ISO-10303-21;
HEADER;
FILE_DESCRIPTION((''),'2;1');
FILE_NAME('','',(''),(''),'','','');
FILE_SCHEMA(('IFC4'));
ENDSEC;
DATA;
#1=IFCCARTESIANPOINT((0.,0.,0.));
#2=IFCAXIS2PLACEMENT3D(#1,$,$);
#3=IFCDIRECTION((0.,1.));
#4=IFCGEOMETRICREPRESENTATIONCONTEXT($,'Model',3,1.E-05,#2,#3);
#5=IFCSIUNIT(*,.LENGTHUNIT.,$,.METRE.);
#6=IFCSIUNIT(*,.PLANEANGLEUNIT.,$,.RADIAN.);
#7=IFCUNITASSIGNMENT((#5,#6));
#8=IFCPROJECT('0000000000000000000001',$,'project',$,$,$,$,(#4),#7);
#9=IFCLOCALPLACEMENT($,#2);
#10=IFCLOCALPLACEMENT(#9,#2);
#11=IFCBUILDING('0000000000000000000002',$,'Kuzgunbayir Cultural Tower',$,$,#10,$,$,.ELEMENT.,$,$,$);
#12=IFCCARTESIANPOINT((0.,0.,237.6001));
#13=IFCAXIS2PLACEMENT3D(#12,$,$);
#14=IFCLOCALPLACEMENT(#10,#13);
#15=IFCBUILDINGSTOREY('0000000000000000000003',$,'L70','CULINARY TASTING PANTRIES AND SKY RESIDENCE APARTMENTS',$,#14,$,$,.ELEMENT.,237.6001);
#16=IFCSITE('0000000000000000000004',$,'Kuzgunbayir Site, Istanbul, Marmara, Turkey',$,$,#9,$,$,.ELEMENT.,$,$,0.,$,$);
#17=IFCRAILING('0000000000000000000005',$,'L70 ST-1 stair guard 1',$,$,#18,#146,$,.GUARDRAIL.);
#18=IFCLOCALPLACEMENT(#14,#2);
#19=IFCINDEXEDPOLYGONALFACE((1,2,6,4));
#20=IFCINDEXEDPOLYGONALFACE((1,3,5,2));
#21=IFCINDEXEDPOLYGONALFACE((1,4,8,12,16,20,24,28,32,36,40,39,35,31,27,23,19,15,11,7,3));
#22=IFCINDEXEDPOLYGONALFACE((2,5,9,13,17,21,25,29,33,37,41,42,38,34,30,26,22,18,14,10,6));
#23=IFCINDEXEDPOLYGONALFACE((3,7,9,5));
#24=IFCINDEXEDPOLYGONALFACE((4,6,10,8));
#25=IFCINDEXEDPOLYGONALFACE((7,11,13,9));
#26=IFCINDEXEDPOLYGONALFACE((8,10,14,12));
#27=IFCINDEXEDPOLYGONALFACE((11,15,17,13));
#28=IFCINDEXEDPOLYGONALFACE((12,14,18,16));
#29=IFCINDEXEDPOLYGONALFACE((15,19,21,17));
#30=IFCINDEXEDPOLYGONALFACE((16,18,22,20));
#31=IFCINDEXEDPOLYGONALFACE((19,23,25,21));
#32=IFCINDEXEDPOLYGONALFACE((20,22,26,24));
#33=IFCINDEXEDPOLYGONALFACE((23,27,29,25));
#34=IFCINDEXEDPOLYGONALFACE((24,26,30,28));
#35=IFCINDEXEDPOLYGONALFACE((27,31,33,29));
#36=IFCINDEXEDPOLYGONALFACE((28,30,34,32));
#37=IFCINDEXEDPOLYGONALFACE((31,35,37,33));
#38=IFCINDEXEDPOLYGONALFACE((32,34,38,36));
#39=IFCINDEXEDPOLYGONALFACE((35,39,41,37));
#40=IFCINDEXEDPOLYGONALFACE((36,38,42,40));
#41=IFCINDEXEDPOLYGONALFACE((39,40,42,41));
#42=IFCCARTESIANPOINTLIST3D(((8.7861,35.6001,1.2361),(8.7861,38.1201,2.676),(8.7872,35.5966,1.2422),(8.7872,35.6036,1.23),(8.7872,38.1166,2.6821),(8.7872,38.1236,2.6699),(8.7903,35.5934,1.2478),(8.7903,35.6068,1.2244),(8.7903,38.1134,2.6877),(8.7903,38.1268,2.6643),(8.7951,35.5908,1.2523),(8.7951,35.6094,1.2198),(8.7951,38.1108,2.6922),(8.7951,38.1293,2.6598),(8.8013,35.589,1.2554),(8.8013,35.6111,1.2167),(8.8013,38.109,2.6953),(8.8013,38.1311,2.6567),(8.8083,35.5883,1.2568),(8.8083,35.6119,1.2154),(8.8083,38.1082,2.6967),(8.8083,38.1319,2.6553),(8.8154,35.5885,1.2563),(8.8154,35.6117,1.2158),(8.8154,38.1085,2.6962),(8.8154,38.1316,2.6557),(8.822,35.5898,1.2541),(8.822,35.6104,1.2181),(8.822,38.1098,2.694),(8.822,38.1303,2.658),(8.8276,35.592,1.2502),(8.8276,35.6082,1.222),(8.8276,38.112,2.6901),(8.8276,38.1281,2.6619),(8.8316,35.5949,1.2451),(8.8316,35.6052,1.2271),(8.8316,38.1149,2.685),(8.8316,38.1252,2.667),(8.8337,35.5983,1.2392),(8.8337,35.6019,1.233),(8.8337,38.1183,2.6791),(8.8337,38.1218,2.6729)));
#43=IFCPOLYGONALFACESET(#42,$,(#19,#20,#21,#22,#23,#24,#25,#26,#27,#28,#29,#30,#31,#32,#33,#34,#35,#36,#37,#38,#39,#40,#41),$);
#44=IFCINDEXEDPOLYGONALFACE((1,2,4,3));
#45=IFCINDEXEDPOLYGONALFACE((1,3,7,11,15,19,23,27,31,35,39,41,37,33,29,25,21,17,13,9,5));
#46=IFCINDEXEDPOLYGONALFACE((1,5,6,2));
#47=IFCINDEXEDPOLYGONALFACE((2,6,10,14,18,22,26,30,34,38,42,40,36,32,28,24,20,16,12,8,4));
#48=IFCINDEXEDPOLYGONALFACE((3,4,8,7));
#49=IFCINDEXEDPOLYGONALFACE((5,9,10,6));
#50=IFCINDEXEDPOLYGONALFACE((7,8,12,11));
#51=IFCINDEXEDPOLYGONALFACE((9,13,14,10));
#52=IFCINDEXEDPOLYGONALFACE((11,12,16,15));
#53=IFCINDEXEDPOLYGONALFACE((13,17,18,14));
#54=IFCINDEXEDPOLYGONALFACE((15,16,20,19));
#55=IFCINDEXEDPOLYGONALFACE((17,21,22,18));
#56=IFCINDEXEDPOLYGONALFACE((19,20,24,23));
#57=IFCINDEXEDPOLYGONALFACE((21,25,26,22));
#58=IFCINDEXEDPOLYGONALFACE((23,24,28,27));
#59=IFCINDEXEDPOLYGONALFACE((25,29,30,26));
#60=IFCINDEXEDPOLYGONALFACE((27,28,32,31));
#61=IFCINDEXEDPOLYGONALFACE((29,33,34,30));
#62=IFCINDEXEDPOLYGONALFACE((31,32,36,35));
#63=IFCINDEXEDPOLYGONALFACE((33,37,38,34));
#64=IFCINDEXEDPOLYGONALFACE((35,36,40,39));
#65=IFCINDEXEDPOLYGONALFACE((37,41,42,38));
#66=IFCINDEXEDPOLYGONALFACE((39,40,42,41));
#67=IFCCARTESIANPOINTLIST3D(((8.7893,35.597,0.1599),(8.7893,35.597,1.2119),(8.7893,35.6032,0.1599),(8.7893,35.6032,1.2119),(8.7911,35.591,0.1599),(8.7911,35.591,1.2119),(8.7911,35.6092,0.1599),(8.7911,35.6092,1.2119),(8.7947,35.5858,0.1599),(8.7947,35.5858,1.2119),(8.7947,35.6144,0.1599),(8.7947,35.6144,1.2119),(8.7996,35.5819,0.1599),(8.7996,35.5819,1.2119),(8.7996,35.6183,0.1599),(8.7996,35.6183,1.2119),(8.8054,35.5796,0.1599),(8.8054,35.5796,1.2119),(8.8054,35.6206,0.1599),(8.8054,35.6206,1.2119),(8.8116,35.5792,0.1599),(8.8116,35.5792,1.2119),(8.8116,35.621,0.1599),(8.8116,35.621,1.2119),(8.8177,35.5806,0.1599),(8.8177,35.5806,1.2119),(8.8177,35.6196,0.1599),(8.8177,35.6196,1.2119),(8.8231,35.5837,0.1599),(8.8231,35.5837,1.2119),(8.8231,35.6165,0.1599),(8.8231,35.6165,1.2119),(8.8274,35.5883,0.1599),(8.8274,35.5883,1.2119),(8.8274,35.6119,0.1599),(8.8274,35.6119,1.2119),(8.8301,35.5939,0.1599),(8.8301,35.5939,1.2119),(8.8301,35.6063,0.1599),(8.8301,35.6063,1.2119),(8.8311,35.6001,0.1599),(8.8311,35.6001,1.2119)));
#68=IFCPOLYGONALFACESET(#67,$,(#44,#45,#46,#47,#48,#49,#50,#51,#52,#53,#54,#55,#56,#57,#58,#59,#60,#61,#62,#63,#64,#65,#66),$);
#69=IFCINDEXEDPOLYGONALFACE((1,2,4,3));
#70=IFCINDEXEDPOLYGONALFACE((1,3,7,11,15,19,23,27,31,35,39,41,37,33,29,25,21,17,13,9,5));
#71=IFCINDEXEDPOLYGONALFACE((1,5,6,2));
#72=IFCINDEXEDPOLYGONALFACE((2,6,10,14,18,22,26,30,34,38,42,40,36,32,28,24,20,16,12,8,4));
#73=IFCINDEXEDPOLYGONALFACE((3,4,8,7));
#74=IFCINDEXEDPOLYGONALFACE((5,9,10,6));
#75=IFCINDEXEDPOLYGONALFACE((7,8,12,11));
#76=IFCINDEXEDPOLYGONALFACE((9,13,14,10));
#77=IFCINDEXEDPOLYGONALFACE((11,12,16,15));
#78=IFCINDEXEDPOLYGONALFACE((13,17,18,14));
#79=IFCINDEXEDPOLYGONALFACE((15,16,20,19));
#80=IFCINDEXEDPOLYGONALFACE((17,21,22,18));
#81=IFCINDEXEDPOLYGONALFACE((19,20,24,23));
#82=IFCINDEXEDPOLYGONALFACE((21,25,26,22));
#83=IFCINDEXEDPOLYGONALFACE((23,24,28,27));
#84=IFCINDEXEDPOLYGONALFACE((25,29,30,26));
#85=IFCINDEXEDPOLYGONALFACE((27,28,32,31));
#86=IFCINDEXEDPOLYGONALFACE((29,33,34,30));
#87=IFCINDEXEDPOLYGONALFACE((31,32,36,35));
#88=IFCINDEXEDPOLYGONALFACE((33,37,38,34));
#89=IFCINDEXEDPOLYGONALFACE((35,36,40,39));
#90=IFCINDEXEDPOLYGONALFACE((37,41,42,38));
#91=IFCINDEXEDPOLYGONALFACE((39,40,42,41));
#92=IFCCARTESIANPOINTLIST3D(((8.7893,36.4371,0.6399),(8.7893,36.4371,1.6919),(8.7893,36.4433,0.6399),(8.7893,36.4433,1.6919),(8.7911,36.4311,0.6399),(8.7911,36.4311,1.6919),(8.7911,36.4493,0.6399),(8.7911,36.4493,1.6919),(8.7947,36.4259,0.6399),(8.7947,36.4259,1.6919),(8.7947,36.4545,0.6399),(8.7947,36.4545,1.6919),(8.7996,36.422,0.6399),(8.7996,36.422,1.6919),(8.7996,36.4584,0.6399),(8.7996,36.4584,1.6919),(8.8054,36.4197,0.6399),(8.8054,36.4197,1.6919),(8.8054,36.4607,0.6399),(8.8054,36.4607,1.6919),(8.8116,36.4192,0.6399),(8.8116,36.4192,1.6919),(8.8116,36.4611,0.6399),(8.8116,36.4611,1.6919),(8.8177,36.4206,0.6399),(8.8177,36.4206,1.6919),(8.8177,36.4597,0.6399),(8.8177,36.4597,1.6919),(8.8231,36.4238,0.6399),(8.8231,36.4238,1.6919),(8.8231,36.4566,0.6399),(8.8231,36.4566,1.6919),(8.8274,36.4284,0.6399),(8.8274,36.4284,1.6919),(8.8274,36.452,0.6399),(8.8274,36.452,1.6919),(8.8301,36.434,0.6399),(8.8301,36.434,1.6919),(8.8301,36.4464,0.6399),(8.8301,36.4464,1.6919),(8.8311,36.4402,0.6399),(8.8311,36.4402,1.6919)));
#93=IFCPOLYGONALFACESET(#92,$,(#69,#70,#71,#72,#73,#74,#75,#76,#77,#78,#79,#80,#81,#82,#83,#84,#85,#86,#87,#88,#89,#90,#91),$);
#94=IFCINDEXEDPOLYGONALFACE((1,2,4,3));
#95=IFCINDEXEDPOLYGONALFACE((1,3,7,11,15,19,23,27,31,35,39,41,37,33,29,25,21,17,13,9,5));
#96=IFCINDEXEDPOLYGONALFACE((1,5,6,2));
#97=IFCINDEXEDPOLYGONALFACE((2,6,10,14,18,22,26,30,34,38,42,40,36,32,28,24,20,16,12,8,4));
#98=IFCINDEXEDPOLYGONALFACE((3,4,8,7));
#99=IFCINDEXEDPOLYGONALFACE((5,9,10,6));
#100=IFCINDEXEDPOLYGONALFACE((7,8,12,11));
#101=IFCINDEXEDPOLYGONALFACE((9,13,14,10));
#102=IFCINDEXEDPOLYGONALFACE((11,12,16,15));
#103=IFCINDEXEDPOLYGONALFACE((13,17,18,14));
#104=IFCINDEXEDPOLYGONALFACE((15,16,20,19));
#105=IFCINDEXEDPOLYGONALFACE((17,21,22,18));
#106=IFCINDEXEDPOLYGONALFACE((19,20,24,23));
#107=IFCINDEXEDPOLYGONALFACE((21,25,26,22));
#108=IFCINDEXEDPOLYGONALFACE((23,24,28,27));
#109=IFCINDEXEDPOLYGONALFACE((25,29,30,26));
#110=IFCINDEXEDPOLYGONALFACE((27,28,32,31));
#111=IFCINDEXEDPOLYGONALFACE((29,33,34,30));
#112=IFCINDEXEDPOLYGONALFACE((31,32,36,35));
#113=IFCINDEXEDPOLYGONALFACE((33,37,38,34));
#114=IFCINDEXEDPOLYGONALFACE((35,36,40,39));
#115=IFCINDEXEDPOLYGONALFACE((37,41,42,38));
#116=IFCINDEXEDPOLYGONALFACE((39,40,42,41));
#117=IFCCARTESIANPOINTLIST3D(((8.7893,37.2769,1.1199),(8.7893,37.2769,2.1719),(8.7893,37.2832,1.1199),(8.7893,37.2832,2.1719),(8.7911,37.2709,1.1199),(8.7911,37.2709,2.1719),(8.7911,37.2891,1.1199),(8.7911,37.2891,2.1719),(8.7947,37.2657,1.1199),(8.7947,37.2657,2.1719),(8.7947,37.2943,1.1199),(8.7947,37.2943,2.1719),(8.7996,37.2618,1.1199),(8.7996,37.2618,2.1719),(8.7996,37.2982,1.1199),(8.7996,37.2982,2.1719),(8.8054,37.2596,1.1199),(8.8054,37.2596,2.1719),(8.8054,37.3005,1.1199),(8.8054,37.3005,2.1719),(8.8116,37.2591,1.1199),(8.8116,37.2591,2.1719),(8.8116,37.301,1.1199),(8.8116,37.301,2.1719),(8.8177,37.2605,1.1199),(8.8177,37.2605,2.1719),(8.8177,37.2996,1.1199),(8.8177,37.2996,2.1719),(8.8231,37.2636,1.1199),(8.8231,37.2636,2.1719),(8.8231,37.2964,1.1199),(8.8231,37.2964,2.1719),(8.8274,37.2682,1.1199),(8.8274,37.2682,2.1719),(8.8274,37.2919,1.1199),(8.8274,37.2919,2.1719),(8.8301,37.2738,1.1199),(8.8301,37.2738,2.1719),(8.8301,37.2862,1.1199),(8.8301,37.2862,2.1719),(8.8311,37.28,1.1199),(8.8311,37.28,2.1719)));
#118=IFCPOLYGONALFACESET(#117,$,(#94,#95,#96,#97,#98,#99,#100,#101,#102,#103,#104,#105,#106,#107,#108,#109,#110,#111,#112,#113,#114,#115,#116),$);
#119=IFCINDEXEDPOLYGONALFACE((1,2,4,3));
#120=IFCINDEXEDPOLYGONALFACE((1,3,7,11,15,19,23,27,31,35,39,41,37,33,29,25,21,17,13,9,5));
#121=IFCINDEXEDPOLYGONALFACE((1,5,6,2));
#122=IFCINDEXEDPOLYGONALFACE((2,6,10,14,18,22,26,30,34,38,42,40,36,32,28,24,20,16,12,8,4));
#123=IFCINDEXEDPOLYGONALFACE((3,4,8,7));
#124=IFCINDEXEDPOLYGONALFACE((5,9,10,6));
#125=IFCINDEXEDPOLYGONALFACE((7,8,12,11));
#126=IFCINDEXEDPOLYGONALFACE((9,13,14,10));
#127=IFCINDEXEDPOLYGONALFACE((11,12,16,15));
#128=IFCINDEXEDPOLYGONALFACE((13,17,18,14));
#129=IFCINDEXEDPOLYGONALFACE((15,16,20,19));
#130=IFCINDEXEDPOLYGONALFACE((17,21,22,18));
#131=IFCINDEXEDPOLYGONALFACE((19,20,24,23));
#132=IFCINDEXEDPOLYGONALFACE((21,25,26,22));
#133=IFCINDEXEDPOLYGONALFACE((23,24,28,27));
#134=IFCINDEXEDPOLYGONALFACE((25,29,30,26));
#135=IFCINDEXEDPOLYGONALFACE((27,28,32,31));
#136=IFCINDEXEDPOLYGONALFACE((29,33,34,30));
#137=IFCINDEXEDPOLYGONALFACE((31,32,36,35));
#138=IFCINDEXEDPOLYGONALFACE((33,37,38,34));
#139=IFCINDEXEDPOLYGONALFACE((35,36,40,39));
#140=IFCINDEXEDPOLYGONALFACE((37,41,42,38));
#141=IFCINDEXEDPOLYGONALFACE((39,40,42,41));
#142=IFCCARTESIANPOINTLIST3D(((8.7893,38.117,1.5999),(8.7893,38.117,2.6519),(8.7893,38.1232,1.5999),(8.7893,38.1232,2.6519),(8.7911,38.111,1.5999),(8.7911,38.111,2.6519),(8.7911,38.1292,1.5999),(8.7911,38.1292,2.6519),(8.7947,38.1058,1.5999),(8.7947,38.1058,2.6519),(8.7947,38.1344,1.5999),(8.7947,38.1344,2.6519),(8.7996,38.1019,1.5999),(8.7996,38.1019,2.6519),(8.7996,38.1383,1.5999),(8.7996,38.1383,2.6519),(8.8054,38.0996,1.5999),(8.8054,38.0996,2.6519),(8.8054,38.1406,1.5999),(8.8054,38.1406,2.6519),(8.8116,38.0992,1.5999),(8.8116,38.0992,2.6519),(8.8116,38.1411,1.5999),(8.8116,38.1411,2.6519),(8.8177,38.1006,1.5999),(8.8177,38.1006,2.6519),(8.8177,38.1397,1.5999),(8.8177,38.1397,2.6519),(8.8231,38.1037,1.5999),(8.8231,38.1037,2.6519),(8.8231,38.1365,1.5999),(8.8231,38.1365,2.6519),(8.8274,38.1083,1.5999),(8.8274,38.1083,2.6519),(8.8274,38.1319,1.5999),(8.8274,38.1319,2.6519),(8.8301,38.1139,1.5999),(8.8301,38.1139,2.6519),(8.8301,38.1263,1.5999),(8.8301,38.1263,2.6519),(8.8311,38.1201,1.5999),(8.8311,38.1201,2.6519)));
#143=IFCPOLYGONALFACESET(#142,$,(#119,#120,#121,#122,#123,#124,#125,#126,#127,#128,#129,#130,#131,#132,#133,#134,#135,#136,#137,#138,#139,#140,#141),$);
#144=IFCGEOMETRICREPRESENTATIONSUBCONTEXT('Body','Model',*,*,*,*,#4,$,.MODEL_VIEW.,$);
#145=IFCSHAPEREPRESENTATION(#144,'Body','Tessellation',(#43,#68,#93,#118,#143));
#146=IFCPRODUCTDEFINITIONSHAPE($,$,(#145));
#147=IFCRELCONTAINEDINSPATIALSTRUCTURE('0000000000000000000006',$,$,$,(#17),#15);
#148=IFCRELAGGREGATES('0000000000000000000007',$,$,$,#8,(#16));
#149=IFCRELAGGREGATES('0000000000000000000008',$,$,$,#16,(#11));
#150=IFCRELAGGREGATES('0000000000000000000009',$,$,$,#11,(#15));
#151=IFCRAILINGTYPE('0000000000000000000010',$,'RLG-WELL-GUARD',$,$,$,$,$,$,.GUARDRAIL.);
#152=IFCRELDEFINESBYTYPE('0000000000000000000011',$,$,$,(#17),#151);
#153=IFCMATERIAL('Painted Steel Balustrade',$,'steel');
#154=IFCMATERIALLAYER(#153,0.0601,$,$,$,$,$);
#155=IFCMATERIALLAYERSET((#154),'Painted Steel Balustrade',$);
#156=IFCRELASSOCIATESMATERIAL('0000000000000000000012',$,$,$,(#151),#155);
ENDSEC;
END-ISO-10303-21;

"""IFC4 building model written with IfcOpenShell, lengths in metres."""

from ifc_helpers import new_model, si_unit, direction, frame, origin, origin_2d, place, context, subcontext, project, spatial, circle, extrude, material, layer, layer_set, type_object, element, save


model = new_model("IFC4")

# Units and contexts
model_context = context("Model", 3, precision=1e-05, world=origin(), true_north=direction((0.0, 1.0)))
body_context = subcontext(model_context, "Body", "Model", "MODEL_VIEW")
ifc_project = project(units=[si_unit("LENGTHUNIT", "METRE"), si_unit("PLANEANGLEUNIT", "RADIAN")], contexts=[model_context])

# Site, building, storey
site_placement = place(None, origin())
site = spatial("IfcSite", under=ifc_project, at=site_placement, Name="Kuzgunbayir Site, Istanbul, Marmara, Turkey", CompositionType="ELEMENT", RefElevation=0.0)
building_placement = place(site_placement, origin())
building = spatial("IfcBuilding", under=site, at=building_placement, Name="Kuzgunbayir Cultural Tower", CompositionType="ELEMENT")
storey_placement = place(building_placement, frame((0.0, 0.0, 237.6001)))
storey = spatial("IfcBuildingStorey", under=building, at=storey_placement, Name="L70", Description="CULINARY TASTING PANTRIES AND SKY RESIDENCE APARTMENTS", CompositionType="ELEMENT", Elevation=237.6001)

# Railing
ifc_material_1 = material(Name="Painted Steel Balustrade", Category="steel")
ifc_layer_1 = layer(ifc_material_1, 0.0601)
ifc_layer_set_1 = layer_set([ifc_layer_1], Name="Painted Steel Balustrade")
railing_type_1 = type_object("IfcRailingType", Name="RLG-WELL-GUARD", PredefinedType="GUARDRAIL", material=ifc_layer_set_1)
railing_1_placement = place(storey_placement, frame((8.8101, 35.6001, 0.1599)))
element("IfcRailing", 1, at=railing_1_placement, inside=storey, type_object=railing_type_1, Name="L70 ST-1 stair guard 1", PredefinedType="GUARDRAIL", context=body_context, shape_type="SweptSolid", body=[
    extrude(circle(Radius=0.0239, at=origin_2d()), frame((0.0, 0.0, 1.0762), z_axis=(0.0, 0.868253, 0.496121), x_axis=(-1.0, 0.0, 0.0)), (0.0, 0.0, 1.0), 2.9023),
    extrude(circle(Radius=0.021, at=origin_2d()), origin(), (0.0, 0.0, 1.0), 1.052),
    extrude(circle(Radius=0.021, at=origin_2d()), frame((0.0, 0.8401, 0.48)), (0.0, 0.0, 1.0), 1.052),
    extrude(circle(Radius=0.021, at=origin_2d()), frame((0.0, 1.6799, 0.96)), (0.0, 0.0, 1.0), 1.052),
    extrude(circle(Radius=0.021, at=origin_2d()), frame((0.0, 2.52, 1.4399)), (0.0, 0.0, 1.0), 1.052),
])

save(model, "model.ifc")
